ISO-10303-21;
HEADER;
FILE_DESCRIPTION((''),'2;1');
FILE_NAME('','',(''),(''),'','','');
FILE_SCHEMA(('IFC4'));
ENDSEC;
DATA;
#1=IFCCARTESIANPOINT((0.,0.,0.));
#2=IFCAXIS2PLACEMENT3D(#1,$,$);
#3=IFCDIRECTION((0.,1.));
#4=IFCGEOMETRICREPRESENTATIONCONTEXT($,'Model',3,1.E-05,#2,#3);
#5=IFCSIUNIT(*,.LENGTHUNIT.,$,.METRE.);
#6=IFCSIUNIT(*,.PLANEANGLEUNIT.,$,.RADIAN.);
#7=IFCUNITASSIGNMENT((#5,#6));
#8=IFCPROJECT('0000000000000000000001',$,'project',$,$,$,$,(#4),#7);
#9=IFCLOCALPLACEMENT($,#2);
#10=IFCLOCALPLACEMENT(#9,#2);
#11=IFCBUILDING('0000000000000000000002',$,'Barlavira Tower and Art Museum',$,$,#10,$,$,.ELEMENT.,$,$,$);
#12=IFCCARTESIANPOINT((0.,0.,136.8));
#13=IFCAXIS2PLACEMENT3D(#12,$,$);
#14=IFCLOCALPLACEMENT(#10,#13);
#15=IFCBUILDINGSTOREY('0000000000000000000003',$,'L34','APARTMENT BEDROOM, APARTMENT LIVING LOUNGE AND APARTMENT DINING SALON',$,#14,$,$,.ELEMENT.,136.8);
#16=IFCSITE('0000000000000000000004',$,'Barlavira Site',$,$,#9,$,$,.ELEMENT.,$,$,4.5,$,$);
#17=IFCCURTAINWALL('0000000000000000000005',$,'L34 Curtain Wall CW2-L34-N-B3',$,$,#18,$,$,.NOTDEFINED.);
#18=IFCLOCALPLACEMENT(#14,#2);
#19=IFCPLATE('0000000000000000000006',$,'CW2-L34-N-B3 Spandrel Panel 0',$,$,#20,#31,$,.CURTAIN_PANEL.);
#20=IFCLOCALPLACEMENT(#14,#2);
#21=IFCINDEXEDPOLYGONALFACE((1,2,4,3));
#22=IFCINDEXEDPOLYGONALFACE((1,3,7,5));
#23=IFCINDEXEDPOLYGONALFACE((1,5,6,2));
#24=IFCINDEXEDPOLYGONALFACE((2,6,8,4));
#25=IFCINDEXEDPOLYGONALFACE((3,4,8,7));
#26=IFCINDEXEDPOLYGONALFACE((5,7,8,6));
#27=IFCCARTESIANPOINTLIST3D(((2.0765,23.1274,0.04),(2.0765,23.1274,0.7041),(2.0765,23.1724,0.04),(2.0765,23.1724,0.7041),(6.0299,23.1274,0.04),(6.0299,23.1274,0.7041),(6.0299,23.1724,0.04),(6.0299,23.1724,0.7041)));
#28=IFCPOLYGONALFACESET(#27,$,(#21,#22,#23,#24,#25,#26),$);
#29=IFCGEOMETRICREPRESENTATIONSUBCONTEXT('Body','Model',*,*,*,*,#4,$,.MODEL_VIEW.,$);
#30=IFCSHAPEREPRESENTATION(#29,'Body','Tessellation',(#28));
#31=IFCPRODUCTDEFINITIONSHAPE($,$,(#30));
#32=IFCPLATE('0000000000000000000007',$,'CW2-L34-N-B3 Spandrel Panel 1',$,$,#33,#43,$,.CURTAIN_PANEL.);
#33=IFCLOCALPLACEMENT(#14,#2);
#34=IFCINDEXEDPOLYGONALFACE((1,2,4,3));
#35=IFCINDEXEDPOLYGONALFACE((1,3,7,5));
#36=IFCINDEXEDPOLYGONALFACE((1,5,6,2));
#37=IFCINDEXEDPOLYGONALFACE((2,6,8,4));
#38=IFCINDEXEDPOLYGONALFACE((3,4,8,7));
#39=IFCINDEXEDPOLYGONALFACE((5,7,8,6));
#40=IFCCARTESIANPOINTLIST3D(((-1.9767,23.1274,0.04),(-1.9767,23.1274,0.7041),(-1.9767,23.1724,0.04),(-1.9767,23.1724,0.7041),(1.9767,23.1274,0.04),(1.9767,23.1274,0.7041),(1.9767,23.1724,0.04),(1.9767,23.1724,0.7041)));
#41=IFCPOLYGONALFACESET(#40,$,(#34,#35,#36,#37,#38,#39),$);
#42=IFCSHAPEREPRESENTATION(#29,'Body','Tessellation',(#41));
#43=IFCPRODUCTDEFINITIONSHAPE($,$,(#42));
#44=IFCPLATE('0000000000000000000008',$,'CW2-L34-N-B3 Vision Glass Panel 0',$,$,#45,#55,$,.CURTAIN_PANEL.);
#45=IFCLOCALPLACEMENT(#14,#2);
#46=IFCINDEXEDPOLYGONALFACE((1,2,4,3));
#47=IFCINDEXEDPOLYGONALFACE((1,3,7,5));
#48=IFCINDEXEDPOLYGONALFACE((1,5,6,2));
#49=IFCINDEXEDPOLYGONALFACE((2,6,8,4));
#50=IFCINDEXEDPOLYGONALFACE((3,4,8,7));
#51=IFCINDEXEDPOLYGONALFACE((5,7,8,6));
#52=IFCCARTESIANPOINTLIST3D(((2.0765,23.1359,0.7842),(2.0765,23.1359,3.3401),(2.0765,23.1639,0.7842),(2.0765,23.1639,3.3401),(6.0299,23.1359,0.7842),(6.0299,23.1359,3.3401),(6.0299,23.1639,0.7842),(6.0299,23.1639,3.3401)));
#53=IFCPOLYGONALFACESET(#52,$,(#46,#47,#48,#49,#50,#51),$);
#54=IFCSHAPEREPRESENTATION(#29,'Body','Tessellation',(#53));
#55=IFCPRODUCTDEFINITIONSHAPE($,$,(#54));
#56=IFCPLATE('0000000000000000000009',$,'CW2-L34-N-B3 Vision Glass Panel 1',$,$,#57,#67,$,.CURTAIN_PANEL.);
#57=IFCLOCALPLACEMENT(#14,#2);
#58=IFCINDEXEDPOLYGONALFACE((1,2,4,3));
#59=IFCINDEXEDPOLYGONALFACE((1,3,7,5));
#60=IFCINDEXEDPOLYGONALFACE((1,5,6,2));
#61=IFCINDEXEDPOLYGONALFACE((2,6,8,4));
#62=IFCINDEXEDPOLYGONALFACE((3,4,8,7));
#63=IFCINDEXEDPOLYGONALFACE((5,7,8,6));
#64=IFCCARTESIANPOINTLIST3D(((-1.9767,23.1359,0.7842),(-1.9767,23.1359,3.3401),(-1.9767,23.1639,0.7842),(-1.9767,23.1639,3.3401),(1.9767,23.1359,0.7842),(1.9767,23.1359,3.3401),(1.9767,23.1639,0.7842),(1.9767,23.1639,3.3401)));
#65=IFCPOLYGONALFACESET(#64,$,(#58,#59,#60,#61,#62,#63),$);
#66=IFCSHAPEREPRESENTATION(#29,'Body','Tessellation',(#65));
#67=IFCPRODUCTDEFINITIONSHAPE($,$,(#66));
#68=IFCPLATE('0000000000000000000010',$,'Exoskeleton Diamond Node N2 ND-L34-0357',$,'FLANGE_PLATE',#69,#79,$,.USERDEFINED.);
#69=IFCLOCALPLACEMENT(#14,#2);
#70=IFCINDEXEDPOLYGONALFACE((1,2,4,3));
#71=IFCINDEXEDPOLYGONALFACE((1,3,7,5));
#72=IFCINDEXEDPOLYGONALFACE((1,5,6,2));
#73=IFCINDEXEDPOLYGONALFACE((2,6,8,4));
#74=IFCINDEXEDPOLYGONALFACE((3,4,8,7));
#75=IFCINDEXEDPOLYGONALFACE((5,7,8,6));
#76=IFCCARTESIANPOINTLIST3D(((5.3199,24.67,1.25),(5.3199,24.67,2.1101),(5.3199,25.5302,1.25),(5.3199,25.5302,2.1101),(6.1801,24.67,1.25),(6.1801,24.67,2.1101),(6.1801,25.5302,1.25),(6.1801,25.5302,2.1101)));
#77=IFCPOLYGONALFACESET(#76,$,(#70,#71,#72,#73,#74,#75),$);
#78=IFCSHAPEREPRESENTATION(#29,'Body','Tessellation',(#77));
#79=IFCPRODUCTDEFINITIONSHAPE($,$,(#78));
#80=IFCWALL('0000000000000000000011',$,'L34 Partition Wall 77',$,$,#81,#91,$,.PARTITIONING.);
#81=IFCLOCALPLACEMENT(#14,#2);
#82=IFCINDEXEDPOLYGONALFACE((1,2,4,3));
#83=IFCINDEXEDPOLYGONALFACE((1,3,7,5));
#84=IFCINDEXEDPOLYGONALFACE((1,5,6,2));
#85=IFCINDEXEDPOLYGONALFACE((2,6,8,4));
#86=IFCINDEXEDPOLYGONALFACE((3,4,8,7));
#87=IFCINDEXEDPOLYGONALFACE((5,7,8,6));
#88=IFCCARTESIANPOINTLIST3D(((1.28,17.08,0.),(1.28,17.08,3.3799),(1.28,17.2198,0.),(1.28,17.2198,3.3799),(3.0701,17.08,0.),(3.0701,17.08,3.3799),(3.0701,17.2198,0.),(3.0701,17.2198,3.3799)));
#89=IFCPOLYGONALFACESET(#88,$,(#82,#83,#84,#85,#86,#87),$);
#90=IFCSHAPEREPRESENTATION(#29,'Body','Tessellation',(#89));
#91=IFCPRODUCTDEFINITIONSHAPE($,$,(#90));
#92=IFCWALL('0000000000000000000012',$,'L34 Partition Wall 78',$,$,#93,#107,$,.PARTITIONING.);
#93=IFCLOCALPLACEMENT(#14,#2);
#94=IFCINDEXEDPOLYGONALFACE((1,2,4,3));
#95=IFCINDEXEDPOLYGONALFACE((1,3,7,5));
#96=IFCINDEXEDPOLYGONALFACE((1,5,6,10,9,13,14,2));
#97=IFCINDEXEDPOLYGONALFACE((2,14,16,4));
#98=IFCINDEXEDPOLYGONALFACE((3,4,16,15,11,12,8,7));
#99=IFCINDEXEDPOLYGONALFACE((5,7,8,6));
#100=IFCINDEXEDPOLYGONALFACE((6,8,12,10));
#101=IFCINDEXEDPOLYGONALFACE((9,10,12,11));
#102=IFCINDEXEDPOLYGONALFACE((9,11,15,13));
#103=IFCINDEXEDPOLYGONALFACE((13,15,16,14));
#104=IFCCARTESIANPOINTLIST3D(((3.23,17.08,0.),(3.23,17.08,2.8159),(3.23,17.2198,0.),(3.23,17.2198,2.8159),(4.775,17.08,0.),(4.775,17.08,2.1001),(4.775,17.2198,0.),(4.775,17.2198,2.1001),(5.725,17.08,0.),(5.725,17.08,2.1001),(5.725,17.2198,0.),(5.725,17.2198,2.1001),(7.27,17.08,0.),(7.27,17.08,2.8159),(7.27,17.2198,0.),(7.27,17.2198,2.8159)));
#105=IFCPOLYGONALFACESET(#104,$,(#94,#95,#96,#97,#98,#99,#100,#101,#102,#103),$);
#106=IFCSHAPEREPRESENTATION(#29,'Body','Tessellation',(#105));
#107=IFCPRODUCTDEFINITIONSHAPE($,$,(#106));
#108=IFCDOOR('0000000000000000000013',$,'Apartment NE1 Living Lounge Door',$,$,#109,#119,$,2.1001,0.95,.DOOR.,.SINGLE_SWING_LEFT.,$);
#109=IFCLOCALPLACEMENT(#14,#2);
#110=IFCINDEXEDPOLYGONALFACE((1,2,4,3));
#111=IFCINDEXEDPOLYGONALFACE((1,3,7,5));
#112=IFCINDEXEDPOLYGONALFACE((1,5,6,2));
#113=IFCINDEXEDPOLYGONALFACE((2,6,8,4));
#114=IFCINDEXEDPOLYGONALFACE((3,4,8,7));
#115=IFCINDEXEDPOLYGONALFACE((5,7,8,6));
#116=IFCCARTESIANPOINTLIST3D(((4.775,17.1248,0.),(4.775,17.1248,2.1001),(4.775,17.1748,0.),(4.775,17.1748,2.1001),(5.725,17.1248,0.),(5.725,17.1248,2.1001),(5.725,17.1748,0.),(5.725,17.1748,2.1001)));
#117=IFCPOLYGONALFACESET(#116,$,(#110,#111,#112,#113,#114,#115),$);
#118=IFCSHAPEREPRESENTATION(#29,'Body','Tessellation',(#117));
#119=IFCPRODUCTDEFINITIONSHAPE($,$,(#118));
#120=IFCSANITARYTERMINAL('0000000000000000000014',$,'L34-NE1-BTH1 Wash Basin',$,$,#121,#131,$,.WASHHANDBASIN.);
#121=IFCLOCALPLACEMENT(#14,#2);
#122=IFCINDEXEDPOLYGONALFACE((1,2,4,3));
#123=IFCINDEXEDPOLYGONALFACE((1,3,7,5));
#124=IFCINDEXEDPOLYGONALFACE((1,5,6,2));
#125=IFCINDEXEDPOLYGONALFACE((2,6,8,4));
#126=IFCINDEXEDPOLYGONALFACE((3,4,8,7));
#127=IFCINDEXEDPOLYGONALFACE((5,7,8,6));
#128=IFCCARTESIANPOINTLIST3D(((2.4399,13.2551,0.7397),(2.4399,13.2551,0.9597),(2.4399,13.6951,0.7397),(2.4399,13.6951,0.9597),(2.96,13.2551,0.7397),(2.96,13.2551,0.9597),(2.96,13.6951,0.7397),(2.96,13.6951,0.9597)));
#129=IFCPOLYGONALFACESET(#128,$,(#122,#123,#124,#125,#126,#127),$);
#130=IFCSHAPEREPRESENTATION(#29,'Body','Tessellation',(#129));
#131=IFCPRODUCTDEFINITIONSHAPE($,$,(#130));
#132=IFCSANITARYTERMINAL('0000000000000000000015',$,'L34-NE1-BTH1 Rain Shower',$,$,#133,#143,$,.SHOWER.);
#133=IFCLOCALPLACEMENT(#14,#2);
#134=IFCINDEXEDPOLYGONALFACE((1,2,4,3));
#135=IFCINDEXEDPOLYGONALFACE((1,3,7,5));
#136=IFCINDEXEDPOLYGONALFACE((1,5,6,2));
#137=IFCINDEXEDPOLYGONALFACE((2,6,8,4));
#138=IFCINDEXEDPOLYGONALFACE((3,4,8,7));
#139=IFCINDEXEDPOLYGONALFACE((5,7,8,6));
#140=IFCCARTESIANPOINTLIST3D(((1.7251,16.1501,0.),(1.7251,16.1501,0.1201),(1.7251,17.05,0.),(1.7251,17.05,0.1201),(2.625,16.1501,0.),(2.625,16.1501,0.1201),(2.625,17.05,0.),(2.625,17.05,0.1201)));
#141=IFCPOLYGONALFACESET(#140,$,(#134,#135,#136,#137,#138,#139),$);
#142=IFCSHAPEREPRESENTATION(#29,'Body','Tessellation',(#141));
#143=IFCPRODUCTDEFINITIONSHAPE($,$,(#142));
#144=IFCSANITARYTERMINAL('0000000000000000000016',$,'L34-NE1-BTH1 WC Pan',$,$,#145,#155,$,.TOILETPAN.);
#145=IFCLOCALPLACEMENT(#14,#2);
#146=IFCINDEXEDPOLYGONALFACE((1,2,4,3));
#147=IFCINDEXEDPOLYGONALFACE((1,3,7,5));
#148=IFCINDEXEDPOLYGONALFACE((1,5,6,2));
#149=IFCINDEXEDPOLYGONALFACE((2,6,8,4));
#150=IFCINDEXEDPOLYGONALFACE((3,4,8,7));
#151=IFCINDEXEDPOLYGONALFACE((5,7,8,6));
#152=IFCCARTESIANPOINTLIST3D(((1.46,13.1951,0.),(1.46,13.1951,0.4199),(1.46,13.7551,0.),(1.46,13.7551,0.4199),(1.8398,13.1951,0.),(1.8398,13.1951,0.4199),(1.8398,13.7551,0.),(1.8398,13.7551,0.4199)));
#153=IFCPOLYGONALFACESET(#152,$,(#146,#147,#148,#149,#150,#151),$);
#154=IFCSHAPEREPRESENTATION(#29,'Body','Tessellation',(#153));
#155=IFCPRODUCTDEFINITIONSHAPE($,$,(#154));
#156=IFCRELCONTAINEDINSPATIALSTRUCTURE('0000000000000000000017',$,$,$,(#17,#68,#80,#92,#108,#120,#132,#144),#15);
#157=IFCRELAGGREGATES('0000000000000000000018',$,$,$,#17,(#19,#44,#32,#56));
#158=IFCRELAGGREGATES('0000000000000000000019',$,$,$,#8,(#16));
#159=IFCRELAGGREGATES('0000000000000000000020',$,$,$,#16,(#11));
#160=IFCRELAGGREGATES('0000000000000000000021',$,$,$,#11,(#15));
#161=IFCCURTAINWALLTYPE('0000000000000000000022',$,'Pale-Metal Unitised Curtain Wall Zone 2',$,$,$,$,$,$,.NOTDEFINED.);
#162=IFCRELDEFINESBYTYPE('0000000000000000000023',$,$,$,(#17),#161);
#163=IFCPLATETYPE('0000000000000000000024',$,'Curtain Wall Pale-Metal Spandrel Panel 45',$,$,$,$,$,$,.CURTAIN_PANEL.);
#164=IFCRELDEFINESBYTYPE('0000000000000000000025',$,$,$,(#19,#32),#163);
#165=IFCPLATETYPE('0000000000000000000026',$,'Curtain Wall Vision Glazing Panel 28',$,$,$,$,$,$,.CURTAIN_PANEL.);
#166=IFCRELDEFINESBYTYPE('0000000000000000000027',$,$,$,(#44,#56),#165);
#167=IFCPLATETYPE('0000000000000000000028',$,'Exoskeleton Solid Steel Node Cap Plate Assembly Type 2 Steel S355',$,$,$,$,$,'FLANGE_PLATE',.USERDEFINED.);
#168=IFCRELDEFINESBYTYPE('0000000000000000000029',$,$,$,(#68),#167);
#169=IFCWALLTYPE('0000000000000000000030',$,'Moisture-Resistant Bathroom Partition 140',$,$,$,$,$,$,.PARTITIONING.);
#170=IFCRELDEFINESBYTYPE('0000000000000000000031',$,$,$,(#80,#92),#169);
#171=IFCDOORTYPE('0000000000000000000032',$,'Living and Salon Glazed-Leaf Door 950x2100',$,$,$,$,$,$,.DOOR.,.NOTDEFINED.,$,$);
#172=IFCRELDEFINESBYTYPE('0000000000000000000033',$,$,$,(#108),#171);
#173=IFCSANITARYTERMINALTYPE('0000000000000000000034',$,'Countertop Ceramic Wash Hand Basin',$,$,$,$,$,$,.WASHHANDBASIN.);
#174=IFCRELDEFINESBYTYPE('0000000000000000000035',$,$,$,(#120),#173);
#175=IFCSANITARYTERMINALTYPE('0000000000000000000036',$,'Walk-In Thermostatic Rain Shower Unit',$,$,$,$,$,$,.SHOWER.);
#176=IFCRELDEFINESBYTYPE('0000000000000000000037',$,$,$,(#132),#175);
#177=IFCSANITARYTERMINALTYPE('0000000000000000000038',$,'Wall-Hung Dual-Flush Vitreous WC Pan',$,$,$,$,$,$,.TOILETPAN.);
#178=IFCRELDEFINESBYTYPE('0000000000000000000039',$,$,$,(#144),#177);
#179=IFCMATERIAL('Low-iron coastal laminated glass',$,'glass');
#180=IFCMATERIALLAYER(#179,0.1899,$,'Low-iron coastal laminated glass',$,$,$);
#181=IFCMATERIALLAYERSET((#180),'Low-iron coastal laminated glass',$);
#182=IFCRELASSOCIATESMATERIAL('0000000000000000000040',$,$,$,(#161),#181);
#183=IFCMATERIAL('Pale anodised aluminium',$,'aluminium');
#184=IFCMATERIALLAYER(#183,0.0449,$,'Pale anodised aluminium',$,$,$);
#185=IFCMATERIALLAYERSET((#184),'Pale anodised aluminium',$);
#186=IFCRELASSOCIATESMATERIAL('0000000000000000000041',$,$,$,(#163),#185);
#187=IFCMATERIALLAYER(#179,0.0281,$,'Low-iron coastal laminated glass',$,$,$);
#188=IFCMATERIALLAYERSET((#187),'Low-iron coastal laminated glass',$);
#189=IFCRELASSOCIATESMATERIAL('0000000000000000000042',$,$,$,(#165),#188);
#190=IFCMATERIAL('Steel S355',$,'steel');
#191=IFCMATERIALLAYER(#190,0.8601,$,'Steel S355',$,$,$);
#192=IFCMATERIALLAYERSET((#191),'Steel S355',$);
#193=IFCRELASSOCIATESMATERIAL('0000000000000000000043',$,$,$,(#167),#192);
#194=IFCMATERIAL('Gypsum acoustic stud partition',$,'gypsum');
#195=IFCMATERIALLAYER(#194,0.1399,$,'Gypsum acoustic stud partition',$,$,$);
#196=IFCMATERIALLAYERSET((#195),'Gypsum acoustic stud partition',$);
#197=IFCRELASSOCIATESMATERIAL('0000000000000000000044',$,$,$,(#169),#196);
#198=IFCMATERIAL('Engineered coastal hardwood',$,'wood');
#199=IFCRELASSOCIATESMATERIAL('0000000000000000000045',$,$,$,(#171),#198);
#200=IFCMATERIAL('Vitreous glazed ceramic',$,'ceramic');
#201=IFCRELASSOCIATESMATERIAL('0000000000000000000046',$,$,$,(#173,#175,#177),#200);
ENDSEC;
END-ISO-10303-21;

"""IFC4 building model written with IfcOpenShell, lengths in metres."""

from ifc_helpers import new_model, si_unit, direction, frame, frame_2d, origin, origin_2d, place, context, subcontext, project, spatial, rectangle, extrude, material, layer, layer_set, type_object, element, fill, aggregate, save


model = new_model("IFC4")

# Units and contexts
model_context = context("Model", 3, precision=1e-05, world=origin(), true_north=direction((0.0, 1.0)))
body_context = subcontext(model_context, "Body", "Model", "MODEL_VIEW")
ifc_project = project(units=[si_unit("LENGTHUNIT", "METRE"), si_unit("PLANEANGLEUNIT", "RADIAN")], contexts=[model_context])

# Site, building, storey
site_placement = place(None, origin())
site = spatial("IfcSite", under=ifc_project, at=site_placement, Name="Barlavira Site", CompositionType="ELEMENT", RefElevation=4.5)
building_placement = place(site_placement, origin())
building = spatial("IfcBuilding", under=site, at=building_placement, Name="Barlavira Tower and Art Museum", CompositionType="ELEMENT")
storey_placement = place(building_placement, frame((0.0, 0.0, 136.8)))
storey = spatial("IfcBuildingStorey", under=building, at=storey_placement, Name="L34", Description="APARTMENT BEDROOM, APARTMENT LIVING LOUNGE AND APARTMENT DINING SALON", CompositionType="ELEMENT", Elevation=136.8)

# Curtain wall
ifc_material_1 = material(Name="Low-iron coastal laminated glass", Category="glass")
ifc_layer_1 = layer(ifc_material_1, 0.1899, Name="Low-iron coastal laminated glass")
ifc_layer_set_1 = layer_set([ifc_layer_1], Name="Low-iron coastal laminated glass")
curtain_wall_type = type_object("IfcCurtainWallType", Name="Pale-Metal Unitised Curtain Wall Zone 2", PredefinedType="NOTDEFINED", material=ifc_layer_set_1)
curtain_wall_placement = place(storey_placement, origin())
curtain_wall = element("IfcCurtainWall", 1, at=curtain_wall_placement, inside=storey, type_object=curtain_wall_type, Name="L34 Curtain Wall CW2-L34-N-B3", PredefinedType="NOTDEFINED")
ifc_material_2 = material(Name="Pale anodised aluminium", Category="aluminium")

# Shared definitions
ifc_material_3 = material(Name="Steel S355", Category="steel")

# Plates
ifc_layer_2 = layer(ifc_material_2, 0.0449, Name="Pale anodised aluminium")
ifc_layer_set_2 = layer_set([ifc_layer_2], Name="Pale anodised aluminium")
plate_type_1 = type_object("IfcPlateType", Name="Curtain Wall Pale-Metal Spandrel Panel 45", PredefinedType="CURTAIN_PANEL", material=ifc_layer_set_2)
plate_1_placement = place(storey_placement, frame((4.0532, 23.1499, 0.04), z_axis=(0.0, 0.0, 1.0), x_axis=(-1.0, 0.0, 0.0)))
plate_1 = element("IfcPlate", 2, at=plate_1_placement, type_object=plate_type_1, Name="CW2-L34-N-B3 Spandrel Panel 0", PredefinedType="CURTAIN_PANEL", context=body_context, shape_type="SweptSolid", body=[
    extrude(rectangle(XDim=3.9534, YDim=0.0449, at=origin_2d()), origin(), (0.0, 0.0, 1.0), 0.6641),
])
plate_2_placement = place(storey_placement, frame((0.0, 23.1499, 0.04), z_axis=(0.0, 0.0, 1.0), x_axis=(-1.0, 0.0, 0.0)))
plate_2 = element("IfcPlate", 3, at=plate_2_placement, type_object=plate_type_1, Name="CW2-L34-N-B3 Spandrel Panel 1", PredefinedType="CURTAIN_PANEL", context=body_context, shape_type="SweptSolid", body=[
    extrude(rectangle(XDim=3.9534, YDim=0.0449, at=origin_2d()), origin(), (0.0, 0.0, 1.0), 0.6641),
])
ifc_layer_3 = layer(ifc_material_1, 0.0281, Name="Low-iron coastal laminated glass")
ifc_layer_set_3 = layer_set([ifc_layer_3], Name="Low-iron coastal laminated glass")
plate_type_2 = type_object("IfcPlateType", Name="Curtain Wall Vision Glazing Panel 28", PredefinedType="CURTAIN_PANEL", material=ifc_layer_set_3)
plate_3_placement = place(storey_placement, frame((4.0532, 23.1499, 0.7842), z_axis=(0.0, 0.0, 1.0), x_axis=(-1.0, 0.0, 0.0)))
plate_3 = element("IfcPlate", 4, at=plate_3_placement, type_object=plate_type_2, Name="CW2-L34-N-B3 Vision Glass Panel 0", PredefinedType="CURTAIN_PANEL", context=body_context, shape_type="SweptSolid", body=[
    extrude(rectangle(XDim=3.9534, YDim=0.0281, at=origin_2d()), origin(), (0.0, 0.0, 1.0), 2.5559),
])
plate_4_placement = place(storey_placement, frame((0.0, 23.1499, 0.7842), z_axis=(0.0, 0.0, 1.0), x_axis=(-1.0, 0.0, 0.0)))
plate_4 = element("IfcPlate", 5, at=plate_4_placement, type_object=plate_type_2, Name="CW2-L34-N-B3 Vision Glass Panel 1", PredefinedType="CURTAIN_PANEL", context=body_context, shape_type="SweptSolid", body=[
    extrude(rectangle(XDim=3.9534, YDim=0.0281, at=origin_2d()), origin(), (0.0, 0.0, 1.0), 2.5559),
])
aggregate(curtain_wall, [plate_1, plate_3, plate_2, plate_4])
ifc_layer_4 = layer(ifc_material_3, 0.8601, Name="Steel S355")
ifc_layer_set_4 = layer_set([ifc_layer_4], Name="Steel S355")
plate_type_3 = type_object("IfcPlateType", Name="Exoskeleton Solid Steel Node Cap Plate Assembly Type 2 Steel S355", ElementType="FLANGE_PLATE", PredefinedType="USERDEFINED", material=ifc_layer_set_4)
plate_5_placement = place(storey_placement, frame((5.75, 25.1001, 1.25), z_axis=(0.0, 0.0, 1.0), x_axis=(1.0, 0.0, 0.0)))
element("IfcPlate", 6, at=plate_5_placement, inside=storey, type_object=plate_type_3, Name="Exoskeleton Diamond Node N2 ND-L34-0357", ObjectType="FLANGE_PLATE", PredefinedType="USERDEFINED", context=body_context, shape_type="SweptSolid", body=[
    extrude(rectangle(XDim=0.8601, YDim=0.8601, at=origin_2d()), origin(), (0.0, 0.0, 1.0), 0.8601),
])

# Shared definitions
ifc_material_4 = material(Name="Gypsum acoustic stud partition", Category="gypsum")

# Wall
ifc_layer_5 = layer(ifc_material_4, 0.1399, Name="Gypsum acoustic stud partition")
ifc_layer_set_5 = layer_set([ifc_layer_5], Name="Gypsum acoustic stud partition")
wall_type_1 = type_object("IfcWallType", Name="Moisture-Resistant Bathroom Partition 140", PredefinedType="PARTITIONING", material=ifc_layer_set_5)
wall_1_placement = place(storey_placement, frame((1.28, 17.1499, 0.0), z_axis=(0.0, 0.0, 1.0), x_axis=(1.0, 0.0, 0.0)))
element("IfcWall", 7, at=wall_1_placement, inside=storey, type_object=wall_type_1, Name="L34 Partition Wall 77", PredefinedType="PARTITIONING", context=body_context, shape_type="SweptSolid", body=[
    extrude(rectangle(XDim=1.79, YDim=0.1399, at=frame_2d((0.895, 0.0))), origin(), (0.0, 0.0, 1.0), 3.3799),
])

# Wall, opening, door
wall_2_placement = place(storey_placement, frame((3.23, 17.1499, 0.0), z_axis=(0.0, 0.0, 1.0), x_axis=(1.0, 0.0, 0.0)))
wall_2 = element("IfcWall", 8, at=wall_2_placement, inside=storey, type_object=wall_type_1, Name="L34 Partition Wall 78", PredefinedType="PARTITIONING", context=body_context, shape_type="SweptSolid", body=[
    extrude(rectangle(XDim=4.04, YDim=0.1399, at=frame_2d((2.02, 0.0))), origin(), (0.0, 0.0, 1.0), 2.8159),
])
opening_1_placement = place(wall_2_placement, frame((1.5449, 0.0, 0.0)))
opening_1 = element("IfcOpeningElement", 9, at=opening_1_placement, cuts=wall_2, PredefinedType="OPENING", context=body_context, shape_type="SweptSolid", body=[
    extrude(rectangle(XDim=0.95, YDim=2.1001, at=frame_2d((0.4751, 1.05))), frame((0.0, 0.0801, 0.0), z_axis=(0.0, -1.0, 0.0), x_axis=(1.0, 0.0, 0.0)), (0.0, 0.0, 1.0), 0.1599),
])
ifc_material_5 = material(Name="Engineered coastal hardwood", Category="wood")
door_type_1 = type_object("IfcDoorType", Name="Living and Salon Glazed-Leaf Door 950x2100", OperationType="NOTDEFINED", PredefinedType="DOOR", material=ifc_material_5)
door_1_placement = place(opening_1_placement, origin())
door_1 = element("IfcDoor", 10, at=door_1_placement, inside=storey, type_object=door_type_1, Name="Apartment NE1 Living Lounge Door", OperationType="SINGLE_SWING_LEFT", OverallHeight=2.1001, OverallWidth=0.95, PredefinedType="DOOR", context=body_context, shape_type="SweptSolid", body=[
    extrude(rectangle(XDim=0.95, YDim=2.1001, at=frame_2d((0.4751, 1.05))), frame((0.0, 0.0249, 0.0), z_axis=(0.0, -1.0, 0.0), x_axis=(1.0, 0.0, 0.0)), (0.0, 0.0, 1.0), 0.05),
])
fill(opening_1, door_1)

# Sanitary terminals
ifc_material_6 = material(Name="Vitreous glazed ceramic", Category="ceramic")
sanitary_terminal_type_1 = type_object("IfcSanitaryTerminalType", Name="Countertop Ceramic Wash Hand Basin", PredefinedType="WASHHANDBASIN", material=ifc_material_6)
sanitary_terminal_1_placement = place(storey_placement, frame((2.7, 13.4751, 0.7397), z_axis=(0.0, 0.0, 1.0), x_axis=(1.0, 0.0, 0.0)))
element("IfcSanitaryTerminal", 11, at=sanitary_terminal_1_placement, inside=storey, type_object=sanitary_terminal_type_1, Name="L34-NE1-BTH1 Wash Basin", PredefinedType="WASHHANDBASIN", context=body_context, shape_type="SweptSolid", body=[
    extrude(rectangle(XDim=0.52, YDim=0.4399, at=origin_2d()), origin(), (0.0, 0.0, 1.0), 0.22),
])
sanitary_terminal_type_2 = type_object("IfcSanitaryTerminalType", Name="Walk-In Thermostatic Rain Shower Unit", PredefinedType="SHOWER", material=ifc_material_6)
sanitary_terminal_2_placement = place(storey_placement, frame((2.175, 16.6001, 0.0), z_axis=(0.0, 0.0, 1.0), x_axis=(1.0, 0.0, 0.0)))
element("IfcSanitaryTerminal", 12, at=sanitary_terminal_2_placement, inside=storey, type_object=sanitary_terminal_type_2, Name="L34-NE1-BTH1 Rain Shower", PredefinedType="SHOWER", context=body_context, shape_type="SweptSolid", body=[
    extrude(rectangle(XDim=0.8999, YDim=0.8999, at=origin_2d()), origin(), (0.0, 0.0, 1.0), 0.1201),
])
sanitary_terminal_type_3 = type_object("IfcSanitaryTerminalType", Name="Wall-Hung Dual-Flush Vitreous WC Pan", PredefinedType="TOILETPAN", material=ifc_material_6)
sanitary_terminal_3_placement = place(storey_placement, frame((1.6499, 13.4751, 0.0), z_axis=(0.0, 0.0, 1.0), x_axis=(1.0, 0.0, 0.0)))
element("IfcSanitaryTerminal", 13, at=sanitary_terminal_3_placement, inside=storey, type_object=sanitary_terminal_type_3, Name="L34-NE1-BTH1 WC Pan", PredefinedType="TOILETPAN", context=body_context, shape_type="SweptSolid", body=[
    extrude(rectangle(XDim=0.3799, YDim=0.5601, at=origin_2d()), origin(), (0.0, 0.0, 1.0), 0.4199),
])

save(model, "model.ifc")
